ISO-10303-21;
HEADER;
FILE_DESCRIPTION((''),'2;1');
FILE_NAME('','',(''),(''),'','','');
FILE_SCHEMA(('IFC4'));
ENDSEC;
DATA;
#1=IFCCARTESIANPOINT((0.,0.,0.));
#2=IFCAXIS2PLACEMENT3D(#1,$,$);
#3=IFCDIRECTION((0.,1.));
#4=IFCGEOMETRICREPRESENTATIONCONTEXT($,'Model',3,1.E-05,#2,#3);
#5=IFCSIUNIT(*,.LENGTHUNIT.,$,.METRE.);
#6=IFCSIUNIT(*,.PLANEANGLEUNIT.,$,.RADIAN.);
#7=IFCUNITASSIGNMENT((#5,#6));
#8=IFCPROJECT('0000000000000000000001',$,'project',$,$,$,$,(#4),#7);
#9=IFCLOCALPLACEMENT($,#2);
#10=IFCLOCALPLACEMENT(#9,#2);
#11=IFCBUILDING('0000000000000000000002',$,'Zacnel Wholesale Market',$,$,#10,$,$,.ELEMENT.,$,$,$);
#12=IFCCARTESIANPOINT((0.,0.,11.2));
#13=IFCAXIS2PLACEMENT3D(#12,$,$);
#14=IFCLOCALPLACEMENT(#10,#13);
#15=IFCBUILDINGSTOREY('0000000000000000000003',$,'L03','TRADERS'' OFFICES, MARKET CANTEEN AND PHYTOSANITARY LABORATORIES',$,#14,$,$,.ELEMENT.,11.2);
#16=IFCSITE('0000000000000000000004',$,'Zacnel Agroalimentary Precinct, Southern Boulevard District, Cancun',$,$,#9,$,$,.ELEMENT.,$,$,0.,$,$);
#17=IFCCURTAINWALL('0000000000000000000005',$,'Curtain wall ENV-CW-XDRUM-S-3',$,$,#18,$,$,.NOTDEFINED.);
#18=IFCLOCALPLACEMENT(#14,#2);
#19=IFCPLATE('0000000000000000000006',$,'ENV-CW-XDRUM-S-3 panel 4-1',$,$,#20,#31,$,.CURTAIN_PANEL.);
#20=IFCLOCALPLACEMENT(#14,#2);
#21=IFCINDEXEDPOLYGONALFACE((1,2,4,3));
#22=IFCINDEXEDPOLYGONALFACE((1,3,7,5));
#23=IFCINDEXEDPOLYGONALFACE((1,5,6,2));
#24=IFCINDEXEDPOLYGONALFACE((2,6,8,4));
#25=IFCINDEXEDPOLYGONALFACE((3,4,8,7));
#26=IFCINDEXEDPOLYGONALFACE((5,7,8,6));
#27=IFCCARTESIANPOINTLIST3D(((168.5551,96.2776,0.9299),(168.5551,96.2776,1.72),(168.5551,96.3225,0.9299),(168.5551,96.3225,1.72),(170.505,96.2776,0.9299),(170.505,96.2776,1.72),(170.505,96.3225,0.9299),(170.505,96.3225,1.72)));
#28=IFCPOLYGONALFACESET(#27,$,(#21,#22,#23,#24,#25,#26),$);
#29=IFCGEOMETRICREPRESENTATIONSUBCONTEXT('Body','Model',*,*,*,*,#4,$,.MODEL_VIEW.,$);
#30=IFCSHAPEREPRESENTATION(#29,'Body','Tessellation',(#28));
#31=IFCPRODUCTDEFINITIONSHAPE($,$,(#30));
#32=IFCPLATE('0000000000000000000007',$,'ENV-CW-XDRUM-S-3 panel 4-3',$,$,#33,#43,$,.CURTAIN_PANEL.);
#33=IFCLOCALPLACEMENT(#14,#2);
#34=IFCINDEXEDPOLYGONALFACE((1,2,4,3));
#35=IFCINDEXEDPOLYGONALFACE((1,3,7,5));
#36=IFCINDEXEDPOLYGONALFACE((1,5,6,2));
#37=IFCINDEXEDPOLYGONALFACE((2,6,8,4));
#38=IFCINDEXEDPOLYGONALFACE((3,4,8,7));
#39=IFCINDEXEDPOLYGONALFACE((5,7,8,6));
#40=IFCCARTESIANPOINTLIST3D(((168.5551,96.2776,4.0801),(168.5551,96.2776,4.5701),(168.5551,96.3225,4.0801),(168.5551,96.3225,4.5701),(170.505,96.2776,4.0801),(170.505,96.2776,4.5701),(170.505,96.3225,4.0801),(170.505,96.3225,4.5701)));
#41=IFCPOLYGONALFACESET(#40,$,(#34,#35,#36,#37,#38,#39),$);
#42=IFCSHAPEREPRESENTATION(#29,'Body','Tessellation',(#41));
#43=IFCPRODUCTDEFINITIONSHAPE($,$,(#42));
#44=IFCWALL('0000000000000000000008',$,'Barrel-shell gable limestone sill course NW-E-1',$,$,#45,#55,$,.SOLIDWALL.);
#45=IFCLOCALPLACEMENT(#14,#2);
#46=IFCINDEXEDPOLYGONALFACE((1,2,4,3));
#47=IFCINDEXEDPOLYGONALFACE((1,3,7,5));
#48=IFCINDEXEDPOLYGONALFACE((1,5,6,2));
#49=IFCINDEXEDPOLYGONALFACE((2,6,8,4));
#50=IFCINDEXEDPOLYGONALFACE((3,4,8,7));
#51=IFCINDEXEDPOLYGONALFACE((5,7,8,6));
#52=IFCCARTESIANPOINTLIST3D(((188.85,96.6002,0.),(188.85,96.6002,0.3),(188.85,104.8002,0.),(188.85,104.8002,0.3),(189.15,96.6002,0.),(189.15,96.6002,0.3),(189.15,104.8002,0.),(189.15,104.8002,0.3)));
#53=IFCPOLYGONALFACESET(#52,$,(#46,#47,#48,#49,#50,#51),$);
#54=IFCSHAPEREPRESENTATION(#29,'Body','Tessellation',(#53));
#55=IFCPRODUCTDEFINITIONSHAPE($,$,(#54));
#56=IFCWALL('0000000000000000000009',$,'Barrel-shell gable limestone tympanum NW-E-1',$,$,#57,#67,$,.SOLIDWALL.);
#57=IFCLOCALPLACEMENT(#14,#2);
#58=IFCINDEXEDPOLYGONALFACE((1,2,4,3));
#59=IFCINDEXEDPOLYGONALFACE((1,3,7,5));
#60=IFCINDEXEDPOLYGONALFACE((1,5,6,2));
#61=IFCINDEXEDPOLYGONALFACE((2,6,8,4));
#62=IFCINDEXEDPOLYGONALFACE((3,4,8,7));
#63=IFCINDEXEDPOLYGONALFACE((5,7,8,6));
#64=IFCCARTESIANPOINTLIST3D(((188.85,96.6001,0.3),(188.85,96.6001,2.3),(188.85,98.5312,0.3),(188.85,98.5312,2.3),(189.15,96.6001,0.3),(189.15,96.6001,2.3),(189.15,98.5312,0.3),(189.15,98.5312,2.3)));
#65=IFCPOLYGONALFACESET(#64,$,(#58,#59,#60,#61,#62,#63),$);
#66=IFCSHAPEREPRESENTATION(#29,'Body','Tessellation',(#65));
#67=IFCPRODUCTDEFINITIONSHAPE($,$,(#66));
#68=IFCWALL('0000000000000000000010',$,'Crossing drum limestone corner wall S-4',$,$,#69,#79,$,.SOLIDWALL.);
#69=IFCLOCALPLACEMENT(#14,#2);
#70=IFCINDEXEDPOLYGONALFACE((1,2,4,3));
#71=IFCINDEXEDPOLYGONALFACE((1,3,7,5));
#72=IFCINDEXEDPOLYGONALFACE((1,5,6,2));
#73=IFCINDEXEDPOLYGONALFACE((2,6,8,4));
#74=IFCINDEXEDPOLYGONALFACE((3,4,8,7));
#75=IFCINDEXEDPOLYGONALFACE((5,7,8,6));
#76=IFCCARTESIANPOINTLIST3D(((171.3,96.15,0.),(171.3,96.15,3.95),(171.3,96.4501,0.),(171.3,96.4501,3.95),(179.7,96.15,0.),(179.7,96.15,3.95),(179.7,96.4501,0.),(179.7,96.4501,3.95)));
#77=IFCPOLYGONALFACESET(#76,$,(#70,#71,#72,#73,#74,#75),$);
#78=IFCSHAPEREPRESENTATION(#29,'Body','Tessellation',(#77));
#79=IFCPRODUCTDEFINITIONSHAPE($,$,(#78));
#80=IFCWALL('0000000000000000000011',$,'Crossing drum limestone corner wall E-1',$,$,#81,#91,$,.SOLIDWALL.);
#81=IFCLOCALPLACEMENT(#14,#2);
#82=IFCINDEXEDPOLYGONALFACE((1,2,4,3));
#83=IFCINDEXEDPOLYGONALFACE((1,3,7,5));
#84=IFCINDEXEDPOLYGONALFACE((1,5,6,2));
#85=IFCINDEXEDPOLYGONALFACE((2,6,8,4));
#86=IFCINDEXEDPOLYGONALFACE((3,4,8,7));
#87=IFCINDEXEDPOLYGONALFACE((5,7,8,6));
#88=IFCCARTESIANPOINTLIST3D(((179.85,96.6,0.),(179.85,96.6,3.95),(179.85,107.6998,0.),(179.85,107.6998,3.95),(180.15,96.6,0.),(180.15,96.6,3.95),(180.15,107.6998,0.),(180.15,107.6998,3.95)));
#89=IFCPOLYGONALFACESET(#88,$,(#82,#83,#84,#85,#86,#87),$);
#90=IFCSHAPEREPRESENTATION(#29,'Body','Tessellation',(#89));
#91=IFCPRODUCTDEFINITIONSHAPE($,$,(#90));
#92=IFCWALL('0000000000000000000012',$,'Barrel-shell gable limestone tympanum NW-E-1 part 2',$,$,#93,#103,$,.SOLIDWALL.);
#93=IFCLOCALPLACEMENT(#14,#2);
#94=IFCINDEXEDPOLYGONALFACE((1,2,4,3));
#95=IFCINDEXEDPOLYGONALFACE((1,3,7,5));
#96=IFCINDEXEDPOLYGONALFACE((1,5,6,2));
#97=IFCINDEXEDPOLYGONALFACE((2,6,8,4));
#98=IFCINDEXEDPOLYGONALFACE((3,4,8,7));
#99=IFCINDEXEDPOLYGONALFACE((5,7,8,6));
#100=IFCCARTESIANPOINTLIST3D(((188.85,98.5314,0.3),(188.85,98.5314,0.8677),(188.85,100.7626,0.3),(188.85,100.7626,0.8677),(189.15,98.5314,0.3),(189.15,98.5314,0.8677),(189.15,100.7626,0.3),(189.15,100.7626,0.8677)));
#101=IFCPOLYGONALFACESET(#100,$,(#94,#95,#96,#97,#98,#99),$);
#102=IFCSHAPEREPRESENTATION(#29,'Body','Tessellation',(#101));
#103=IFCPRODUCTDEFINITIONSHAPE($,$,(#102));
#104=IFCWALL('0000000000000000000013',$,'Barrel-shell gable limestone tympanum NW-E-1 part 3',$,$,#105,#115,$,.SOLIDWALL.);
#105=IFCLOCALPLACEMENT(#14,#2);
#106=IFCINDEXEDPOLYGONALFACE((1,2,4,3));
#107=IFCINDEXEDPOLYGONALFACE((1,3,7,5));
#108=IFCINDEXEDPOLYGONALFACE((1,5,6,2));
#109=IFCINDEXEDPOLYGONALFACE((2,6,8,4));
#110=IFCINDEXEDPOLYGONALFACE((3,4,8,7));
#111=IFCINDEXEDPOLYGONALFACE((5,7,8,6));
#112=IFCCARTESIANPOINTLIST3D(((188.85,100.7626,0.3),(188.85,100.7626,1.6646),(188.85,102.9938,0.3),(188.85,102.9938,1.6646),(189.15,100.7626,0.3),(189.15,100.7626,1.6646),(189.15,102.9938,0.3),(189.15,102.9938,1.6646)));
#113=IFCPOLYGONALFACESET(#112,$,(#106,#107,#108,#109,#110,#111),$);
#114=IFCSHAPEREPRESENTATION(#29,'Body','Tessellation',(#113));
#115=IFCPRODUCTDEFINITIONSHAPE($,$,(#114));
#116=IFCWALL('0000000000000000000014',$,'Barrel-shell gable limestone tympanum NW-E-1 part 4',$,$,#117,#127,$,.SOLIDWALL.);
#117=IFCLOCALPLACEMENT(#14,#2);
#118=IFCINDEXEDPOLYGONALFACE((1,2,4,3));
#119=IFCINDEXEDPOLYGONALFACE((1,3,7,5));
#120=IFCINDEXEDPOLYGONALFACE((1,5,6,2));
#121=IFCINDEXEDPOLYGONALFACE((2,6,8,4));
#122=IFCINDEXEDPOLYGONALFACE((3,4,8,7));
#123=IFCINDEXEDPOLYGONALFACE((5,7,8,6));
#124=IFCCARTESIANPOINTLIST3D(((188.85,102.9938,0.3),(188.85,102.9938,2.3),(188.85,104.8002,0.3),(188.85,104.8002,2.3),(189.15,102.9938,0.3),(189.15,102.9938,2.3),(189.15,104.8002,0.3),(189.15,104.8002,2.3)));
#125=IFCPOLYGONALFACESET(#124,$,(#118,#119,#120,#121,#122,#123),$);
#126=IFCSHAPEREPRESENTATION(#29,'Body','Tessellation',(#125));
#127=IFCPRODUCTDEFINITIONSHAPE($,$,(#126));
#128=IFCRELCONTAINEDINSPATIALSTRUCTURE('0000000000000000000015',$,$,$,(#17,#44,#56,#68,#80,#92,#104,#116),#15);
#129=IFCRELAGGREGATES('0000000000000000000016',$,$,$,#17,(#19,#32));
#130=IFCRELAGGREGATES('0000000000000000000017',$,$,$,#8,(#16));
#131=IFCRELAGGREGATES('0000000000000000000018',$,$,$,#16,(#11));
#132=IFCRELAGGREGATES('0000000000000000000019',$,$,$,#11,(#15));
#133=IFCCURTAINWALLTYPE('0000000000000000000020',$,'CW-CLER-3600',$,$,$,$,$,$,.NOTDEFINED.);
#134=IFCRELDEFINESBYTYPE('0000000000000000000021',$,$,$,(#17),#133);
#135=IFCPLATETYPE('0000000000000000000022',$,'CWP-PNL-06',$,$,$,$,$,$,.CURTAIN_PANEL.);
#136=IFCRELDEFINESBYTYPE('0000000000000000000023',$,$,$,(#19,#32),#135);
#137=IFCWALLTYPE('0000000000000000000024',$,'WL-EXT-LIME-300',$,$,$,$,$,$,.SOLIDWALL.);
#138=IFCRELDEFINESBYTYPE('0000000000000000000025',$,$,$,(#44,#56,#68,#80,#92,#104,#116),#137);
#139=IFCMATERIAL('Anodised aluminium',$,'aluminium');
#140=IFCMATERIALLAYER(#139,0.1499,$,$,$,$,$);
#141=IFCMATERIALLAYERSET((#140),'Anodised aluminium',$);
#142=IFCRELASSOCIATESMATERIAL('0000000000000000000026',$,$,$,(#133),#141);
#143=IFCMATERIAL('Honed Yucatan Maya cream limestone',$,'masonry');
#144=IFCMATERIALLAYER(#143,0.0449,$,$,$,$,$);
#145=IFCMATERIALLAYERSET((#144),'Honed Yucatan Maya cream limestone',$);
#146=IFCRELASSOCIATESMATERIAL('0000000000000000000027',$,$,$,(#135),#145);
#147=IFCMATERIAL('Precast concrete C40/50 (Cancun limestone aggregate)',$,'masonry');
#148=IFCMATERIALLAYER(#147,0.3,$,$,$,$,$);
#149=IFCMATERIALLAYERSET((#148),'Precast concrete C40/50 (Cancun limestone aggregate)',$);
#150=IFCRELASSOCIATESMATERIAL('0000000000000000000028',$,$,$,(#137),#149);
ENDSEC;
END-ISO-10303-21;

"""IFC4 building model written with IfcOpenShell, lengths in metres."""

from ifc_helpers import new_model, si_unit, direction, frame, frame_2d, origin, origin_2d, place, context, subcontext, project, spatial, rectangle, extrude, material, layer, layer_set, type_object, element, aggregate, save


model = new_model("IFC4")

# Units and contexts
model_context = context("Model", 3, precision=1e-05, world=origin(), true_north=direction((0.0, 1.0)))
body_context = subcontext(model_context, "Body", "Model", "MODEL_VIEW")
ifc_project = project(units=[si_unit("LENGTHUNIT", "METRE"), si_unit("PLANEANGLEUNIT", "RADIAN")], contexts=[model_context])

# Site, building, storey
site_placement = place(None, origin())
site = spatial("IfcSite", under=ifc_project, at=site_placement, Name="Zacnel Agroalimentary Precinct, Southern Boulevard District, Cancun", CompositionType="ELEMENT", RefElevation=0.0)
building_placement = place(site_placement, origin())
building = spatial("IfcBuilding", under=site, at=building_placement, Name="Zacnel Wholesale Market", CompositionType="ELEMENT")
storey_placement = place(building_placement, frame((0.0, 0.0, 11.2)))
storey = spatial("IfcBuildingStorey", under=building, at=storey_placement, Name="L03", Description="TRADERS' OFFICES, MARKET CANTEEN AND PHYTOSANITARY LABORATORIES", CompositionType="ELEMENT", Elevation=11.2)

# Curtain wall
ifc_material_1 = material(Name="Anodised aluminium", Category="aluminium")
ifc_layer_1 = layer(ifc_material_1, 0.1499)
ifc_layer_set_1 = layer_set([ifc_layer_1], Name="Anodised aluminium")
curtain_wall_type_1 = type_object("IfcCurtainWallType", Name="CW-CLER-3600", PredefinedType="NOTDEFINED", material=ifc_layer_set_1)
curtain_wall_1_placement = place(storey_placement, origin())
curtain_wall_1 = element("IfcCurtainWall", 1, at=curtain_wall_1_placement, inside=storey, type_object=curtain_wall_type_1, Name="Curtain wall ENV-CW-XDRUM-S-3", PredefinedType="NOTDEFINED")

# Plates
ifc_material_2 = material(Name="Honed Yucatan Maya cream limestone", Category="masonry")
ifc_layer_2 = layer(ifc_material_2, 0.0449)
ifc_layer_set_2 = layer_set([ifc_layer_2], Name="Honed Yucatan Maya cream limestone")
plate_type_1 = type_object("IfcPlateType", Name="CWP-PNL-06", PredefinedType="CURTAIN_PANEL", material=ifc_layer_set_2)
plate_1_placement = place(storey_placement, frame((169.53, 96.3, 0.9299), z_axis=(0.0, 0.0, 1.0), x_axis=(1.0, 0.0, 0.0)))
plate_1 = element("IfcPlate", 2, at=plate_1_placement, type_object=plate_type_1, Name="ENV-CW-XDRUM-S-3 panel 4-1", PredefinedType="CURTAIN_PANEL", context=body_context, shape_type="SweptSolid", body=[
    extrude(rectangle(XDim=1.95, YDim=0.0449, at=origin_2d()), origin(), (0.0, 0.0, 1.0), 0.79),
])
plate_2_placement = place(storey_placement, frame((169.53, 96.3, 4.0801), z_axis=(0.0, 0.0, 1.0), x_axis=(1.0, 0.0, 0.0)))
plate_2 = element("IfcPlate", 3, at=plate_2_placement, type_object=plate_type_1, Name="ENV-CW-XDRUM-S-3 panel 4-3", PredefinedType="CURTAIN_PANEL", context=body_context, shape_type="SweptSolid", body=[
    extrude(rectangle(XDim=1.95, YDim=0.0449, at=origin_2d()), origin(), (0.0, 0.0, 1.0), 0.49),
])
aggregate(curtain_wall_1, [plate_1, plate_2])

# Walls
ifc_material_3 = material(Name="Precast concrete C40/50 (Cancun limestone aggregate)", Category="masonry")
ifc_layer_3 = layer(ifc_material_3, 0.3)
ifc_layer_set_3 = layer_set([ifc_layer_3], Name="Precast concrete C40/50 (Cancun limestone aggregate)")
wall_type = type_object("IfcWallType", Name="WL-EXT-LIME-300", PredefinedType="SOLIDWALL", material=ifc_layer_set_3)
wall_1_placement = place(storey_placement, frame((189.0, 96.6001, 0.0), z_axis=(0.0, 0.0, 1.0), x_axis=(0.0, 1.0, 0.0)))
element("IfcWall", 4, at=wall_1_placement, inside=storey, type_object=wall_type, Name="Barrel-shell gable limestone sill course NW-E-1", PredefinedType="SOLIDWALL", context=body_context, shape_type="SweptSolid", body=[
    extrude(rectangle(XDim=8.2, YDim=0.3, at=frame_2d((4.1001, 0.0))), origin(), (0.0, 0.0, 1.0), 0.3),
])
wall_2_placement = place(storey_placement, frame((189.0, 96.6001, 0.3), z_axis=(0.0, 0.0, 1.0), x_axis=(0.0, 1.0, 0.0)))
element("IfcWall", 5, at=wall_2_placement, inside=storey, type_object=wall_type, Name="Barrel-shell gable limestone tympanum NW-E-1", PredefinedType="SOLIDWALL", context=body_context, shape_type="SweptSolid", body=[
    extrude(rectangle(XDim=1.9312, YDim=0.3, at=frame_2d((0.9656, 0.0))), origin(), (0.0, 0.0, 1.0), 2.0),
])
wall_3_placement = place(storey_placement, frame((171.3, 96.3, 0.0), z_axis=(0.0, 0.0, 1.0), x_axis=(1.0, 0.0, 0.0)))
element("IfcWall", 6, at=wall_3_placement, inside=storey, type_object=wall_type, Name="Crossing drum limestone corner wall S-4", PredefinedType="SOLIDWALL", context=body_context, shape_type="SweptSolid", body=[
    extrude(rectangle(XDim=8.3999, YDim=0.3, at=frame_2d((4.2, 0.0))), origin(), (0.0, 0.0, 1.0), 3.95),
])
wall_4_placement = place(storey_placement, frame((180.0, 96.6001, 0.0), z_axis=(0.0, 0.0, 1.0), x_axis=(0.0, 1.0, 0.0)))
element("IfcWall", 7, at=wall_4_placement, inside=storey, type_object=wall_type, Name="Crossing drum limestone corner wall E-1", PredefinedType="SOLIDWALL", context=body_context, shape_type="SweptSolid", body=[
    extrude(rectangle(XDim=11.0999, YDim=0.3, at=frame_2d((5.5498, 0.0))), origin(), (0.0, 0.0, 1.0), 3.95),
])
wall_5_placement = place(storey_placement, frame((189.0, 98.5312, 0.3), z_axis=(0.0, 0.0, 1.0), x_axis=(0.0, 1.0, 0.0)))
element("IfcWall", 8, at=wall_5_placement, inside=storey, type_object=wall_type, Name="Barrel-shell gable limestone tympanum NW-E-1 part 2", PredefinedType="SOLIDWALL", context=body_context, shape_type="SweptSolid", body=[
    extrude(rectangle(XDim=2.2312, YDim=0.3, at=frame_2d((1.1157, 0.0))), origin(), (0.0, 0.0, 1.0), 0.5676),
])
wall_6_placement = place(storey_placement, frame((189.0, 100.7625, 0.3), z_axis=(0.0, 0.0, 1.0), x_axis=(0.0, 1.0, 0.0)))
element("IfcWall", 9, at=wall_6_placement, inside=storey, type_object=wall_type, Name="Barrel-shell gable limestone tympanum NW-E-1 part 3", PredefinedType="SOLIDWALL", context=body_context, shape_type="SweptSolid", body=[
    extrude(rectangle(XDim=2.2312, YDim=0.3, at=frame_2d((1.1157, 0.0))), origin(), (0.0, 0.0, 1.0), 1.3645),
])
wall_7_placement = place(storey_placement, frame((189.0, 102.9937, 0.3), z_axis=(0.0, 0.0, 1.0), x_axis=(0.0, 1.0, 0.0)))
element("IfcWall", 10, at=wall_7_placement, inside=storey, type_object=wall_type, Name="Barrel-shell gable limestone tympanum NW-E-1 part 4", PredefinedType="SOLIDWALL", context=body_context, shape_type="SweptSolid", body=[
    extrude(rectangle(XDim=1.8064, YDim=0.3, at=frame_2d((0.9033, 0.0))), origin(), (0.0, 0.0, 1.0), 2.0),
])

save(model, "model.ifc")
